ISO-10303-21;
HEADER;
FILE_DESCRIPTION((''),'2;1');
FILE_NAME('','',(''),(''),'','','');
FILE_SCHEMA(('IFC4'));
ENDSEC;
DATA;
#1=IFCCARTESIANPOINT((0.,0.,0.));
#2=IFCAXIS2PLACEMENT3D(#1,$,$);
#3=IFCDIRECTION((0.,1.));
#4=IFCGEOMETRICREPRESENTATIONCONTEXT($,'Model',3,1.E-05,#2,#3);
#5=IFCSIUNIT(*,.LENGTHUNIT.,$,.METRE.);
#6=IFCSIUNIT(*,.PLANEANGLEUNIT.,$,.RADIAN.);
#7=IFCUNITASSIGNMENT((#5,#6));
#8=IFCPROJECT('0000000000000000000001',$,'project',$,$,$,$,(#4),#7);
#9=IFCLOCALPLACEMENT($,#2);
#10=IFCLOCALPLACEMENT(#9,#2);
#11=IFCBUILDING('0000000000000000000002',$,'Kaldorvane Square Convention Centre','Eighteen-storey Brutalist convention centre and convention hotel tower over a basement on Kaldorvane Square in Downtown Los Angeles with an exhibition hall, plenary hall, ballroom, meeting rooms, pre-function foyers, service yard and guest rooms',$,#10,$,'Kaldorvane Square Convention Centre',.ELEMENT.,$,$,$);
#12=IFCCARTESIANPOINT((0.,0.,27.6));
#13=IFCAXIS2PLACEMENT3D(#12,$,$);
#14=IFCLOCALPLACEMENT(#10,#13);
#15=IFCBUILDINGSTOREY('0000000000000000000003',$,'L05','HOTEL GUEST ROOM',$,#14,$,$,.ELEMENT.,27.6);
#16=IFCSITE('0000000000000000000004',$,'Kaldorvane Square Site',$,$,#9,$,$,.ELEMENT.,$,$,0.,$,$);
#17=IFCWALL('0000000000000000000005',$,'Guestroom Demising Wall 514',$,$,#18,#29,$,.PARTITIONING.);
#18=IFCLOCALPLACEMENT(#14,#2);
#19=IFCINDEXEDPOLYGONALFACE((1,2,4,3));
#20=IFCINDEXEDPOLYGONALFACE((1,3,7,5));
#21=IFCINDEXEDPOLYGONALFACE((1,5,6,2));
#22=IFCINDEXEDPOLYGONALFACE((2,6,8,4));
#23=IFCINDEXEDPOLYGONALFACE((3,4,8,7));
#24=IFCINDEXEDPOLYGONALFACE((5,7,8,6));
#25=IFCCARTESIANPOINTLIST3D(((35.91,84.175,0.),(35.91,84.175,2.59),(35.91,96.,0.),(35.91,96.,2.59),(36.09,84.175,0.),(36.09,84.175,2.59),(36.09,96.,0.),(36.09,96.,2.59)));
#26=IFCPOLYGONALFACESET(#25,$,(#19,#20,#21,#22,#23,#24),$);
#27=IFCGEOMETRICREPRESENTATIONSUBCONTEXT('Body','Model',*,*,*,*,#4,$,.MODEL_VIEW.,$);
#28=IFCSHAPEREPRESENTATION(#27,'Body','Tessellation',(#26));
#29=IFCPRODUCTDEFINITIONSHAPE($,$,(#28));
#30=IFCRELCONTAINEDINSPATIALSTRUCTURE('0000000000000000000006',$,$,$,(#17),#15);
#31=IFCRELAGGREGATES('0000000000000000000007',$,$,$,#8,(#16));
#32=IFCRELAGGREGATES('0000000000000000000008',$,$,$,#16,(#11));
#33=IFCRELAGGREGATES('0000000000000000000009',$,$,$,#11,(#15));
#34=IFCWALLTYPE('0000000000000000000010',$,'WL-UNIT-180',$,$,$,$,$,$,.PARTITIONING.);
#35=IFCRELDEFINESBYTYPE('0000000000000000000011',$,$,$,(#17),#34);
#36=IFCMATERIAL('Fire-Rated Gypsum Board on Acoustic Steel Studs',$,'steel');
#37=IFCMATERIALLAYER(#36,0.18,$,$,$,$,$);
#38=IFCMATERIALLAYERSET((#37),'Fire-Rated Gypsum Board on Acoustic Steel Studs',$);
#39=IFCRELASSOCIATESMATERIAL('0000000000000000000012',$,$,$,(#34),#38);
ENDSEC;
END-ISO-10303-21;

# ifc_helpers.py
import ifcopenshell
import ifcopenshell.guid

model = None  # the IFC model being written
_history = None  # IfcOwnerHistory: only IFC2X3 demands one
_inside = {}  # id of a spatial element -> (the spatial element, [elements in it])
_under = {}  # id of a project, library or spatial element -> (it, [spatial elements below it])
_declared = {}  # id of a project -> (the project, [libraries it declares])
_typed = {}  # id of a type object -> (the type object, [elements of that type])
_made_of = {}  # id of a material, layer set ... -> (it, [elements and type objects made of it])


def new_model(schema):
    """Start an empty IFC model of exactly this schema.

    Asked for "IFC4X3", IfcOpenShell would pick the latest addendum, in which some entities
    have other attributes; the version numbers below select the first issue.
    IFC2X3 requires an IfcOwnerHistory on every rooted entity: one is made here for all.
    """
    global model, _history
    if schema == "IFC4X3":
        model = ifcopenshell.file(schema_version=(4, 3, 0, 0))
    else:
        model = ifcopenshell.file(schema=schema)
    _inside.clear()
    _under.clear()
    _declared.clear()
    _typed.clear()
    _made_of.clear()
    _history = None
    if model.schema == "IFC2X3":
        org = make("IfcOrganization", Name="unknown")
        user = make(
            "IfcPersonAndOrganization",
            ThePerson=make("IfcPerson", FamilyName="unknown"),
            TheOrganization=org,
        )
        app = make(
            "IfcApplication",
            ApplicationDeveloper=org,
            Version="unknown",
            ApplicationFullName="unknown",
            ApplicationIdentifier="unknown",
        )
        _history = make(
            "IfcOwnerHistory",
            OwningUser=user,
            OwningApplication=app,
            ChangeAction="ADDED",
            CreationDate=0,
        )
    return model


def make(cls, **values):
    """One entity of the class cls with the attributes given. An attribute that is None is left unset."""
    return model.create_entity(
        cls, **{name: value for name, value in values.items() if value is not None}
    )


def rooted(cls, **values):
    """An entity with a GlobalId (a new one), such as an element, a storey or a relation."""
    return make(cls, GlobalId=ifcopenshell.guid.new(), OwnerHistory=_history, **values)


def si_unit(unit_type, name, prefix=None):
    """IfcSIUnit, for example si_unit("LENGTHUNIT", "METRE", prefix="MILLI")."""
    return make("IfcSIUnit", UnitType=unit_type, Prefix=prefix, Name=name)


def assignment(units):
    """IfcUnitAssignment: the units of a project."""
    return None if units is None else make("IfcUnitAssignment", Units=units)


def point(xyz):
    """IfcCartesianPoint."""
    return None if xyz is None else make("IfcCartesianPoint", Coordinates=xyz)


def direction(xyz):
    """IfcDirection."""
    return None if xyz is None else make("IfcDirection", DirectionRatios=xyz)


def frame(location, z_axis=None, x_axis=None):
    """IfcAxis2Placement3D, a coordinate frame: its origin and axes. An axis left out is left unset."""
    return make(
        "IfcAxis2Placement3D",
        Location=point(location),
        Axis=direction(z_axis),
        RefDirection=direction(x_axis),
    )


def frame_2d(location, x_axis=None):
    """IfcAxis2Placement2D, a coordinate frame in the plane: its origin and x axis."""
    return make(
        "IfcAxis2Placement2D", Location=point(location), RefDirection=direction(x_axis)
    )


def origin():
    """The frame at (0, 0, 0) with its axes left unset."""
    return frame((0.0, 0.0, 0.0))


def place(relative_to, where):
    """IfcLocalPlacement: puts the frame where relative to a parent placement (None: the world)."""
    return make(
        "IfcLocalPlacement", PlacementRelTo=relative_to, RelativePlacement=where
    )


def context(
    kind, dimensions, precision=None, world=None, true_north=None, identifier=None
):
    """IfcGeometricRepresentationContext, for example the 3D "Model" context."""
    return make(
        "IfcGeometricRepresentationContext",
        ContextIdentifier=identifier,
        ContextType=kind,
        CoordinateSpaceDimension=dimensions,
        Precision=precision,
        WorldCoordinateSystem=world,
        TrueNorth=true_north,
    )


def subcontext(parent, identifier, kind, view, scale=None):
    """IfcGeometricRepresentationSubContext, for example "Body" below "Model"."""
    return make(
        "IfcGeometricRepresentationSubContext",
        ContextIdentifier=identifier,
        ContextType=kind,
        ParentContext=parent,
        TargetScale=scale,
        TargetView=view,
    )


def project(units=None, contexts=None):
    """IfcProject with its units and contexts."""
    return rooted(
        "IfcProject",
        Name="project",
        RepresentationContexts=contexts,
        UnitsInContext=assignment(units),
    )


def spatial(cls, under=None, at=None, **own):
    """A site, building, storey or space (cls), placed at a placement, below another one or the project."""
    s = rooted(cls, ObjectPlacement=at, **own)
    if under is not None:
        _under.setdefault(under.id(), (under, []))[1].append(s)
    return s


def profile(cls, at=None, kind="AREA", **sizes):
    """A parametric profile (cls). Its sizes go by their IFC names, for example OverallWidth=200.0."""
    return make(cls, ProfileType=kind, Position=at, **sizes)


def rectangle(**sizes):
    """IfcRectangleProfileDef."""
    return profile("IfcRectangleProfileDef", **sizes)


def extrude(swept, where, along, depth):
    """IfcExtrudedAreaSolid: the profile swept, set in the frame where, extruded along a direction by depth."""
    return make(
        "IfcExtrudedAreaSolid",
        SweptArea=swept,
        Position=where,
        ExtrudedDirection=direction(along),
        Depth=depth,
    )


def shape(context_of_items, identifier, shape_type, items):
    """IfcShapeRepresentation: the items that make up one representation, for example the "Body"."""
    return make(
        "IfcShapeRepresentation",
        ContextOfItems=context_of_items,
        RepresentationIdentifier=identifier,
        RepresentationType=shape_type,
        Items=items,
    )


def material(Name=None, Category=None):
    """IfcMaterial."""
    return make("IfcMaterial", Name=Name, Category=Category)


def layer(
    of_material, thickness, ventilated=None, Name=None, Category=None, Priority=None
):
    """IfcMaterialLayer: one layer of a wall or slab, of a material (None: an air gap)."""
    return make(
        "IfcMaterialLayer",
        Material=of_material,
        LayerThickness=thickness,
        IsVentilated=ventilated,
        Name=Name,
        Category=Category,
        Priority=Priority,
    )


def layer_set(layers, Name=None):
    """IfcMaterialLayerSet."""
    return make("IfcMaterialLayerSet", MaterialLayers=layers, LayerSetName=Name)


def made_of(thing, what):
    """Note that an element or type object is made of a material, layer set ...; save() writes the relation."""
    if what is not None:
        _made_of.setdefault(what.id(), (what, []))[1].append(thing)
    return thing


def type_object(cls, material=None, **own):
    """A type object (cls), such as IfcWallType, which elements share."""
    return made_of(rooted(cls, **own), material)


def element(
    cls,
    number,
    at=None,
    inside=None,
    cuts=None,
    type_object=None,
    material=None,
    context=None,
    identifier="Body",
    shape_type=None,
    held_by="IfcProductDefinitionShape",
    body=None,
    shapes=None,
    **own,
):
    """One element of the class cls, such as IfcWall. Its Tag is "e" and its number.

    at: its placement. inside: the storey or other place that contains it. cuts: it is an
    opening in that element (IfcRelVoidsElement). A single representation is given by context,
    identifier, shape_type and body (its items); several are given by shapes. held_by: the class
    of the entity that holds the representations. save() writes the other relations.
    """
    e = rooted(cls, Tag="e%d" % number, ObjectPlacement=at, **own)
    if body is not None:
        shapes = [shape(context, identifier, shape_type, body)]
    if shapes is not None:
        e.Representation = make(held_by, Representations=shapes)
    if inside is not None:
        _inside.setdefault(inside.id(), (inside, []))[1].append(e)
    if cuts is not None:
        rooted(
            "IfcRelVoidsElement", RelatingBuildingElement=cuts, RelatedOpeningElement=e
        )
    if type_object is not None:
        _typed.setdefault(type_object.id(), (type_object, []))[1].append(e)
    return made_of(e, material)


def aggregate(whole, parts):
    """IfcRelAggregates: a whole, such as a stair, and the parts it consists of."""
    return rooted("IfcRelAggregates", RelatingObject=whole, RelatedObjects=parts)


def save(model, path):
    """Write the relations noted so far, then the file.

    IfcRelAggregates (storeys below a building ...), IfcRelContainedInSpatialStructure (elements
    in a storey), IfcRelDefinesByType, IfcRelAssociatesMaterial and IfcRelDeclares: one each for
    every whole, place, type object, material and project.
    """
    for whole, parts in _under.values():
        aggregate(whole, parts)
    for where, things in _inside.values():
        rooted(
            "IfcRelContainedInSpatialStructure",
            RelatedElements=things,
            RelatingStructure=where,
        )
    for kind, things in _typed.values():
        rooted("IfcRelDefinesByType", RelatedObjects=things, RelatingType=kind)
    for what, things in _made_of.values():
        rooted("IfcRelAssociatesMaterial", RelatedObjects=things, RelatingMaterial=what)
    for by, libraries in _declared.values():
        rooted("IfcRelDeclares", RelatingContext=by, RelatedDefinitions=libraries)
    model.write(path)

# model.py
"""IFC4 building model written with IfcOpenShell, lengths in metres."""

from ifc_helpers import new_model, si_unit, direction, frame, frame_2d, origin, place, context, subcontext, project, spatial, rectangle, extrude, material, layer, layer_set, type_object, element, save


model = new_model("IFC4")

# Units and contexts
model_context = context("Model", 3, precision=1e-05, world=origin(), true_north=direction((0.0, 1.0)))
body_context = subcontext(model_context, "Body", "Model", "MODEL_VIEW")
ifc_project = project(units=[si_unit("LENGTHUNIT", "METRE"), si_unit("PLANEANGLEUNIT", "RADIAN")], contexts=[model_context])

# Site, building, storey
site_placement = place(None, origin())
site = spatial("IfcSite", under=ifc_project, at=site_placement, Name="Kaldorvane Square Site", CompositionType="ELEMENT", RefElevation=0.0)
building_placement = place(site_placement, origin())
building = spatial("IfcBuilding", under=site, at=building_placement, Name="Kaldorvane Square Convention Centre", Description="Eighteen-storey Brutalist convention centre and convention hotel tower over a basement on Kaldorvane Square in Downtown Los Angeles with an exhibition hall, plenary hall, ballroom, meeting rooms, pre-function foyers, service yard and guest rooms", LongName="Kaldorvane Square Convention Centre", CompositionType="ELEMENT")
storey_placement = place(building_placement, frame((0.0, 0.0, 27.6)))
storey = spatial("IfcBuildingStorey", under=building, at=storey_placement, Name="L05", Description="HOTEL GUEST ROOM", CompositionType="ELEMENT", Elevation=27.6)

# Shared definitions
ifc_material_1 = material(Name="Fire-Rated Gypsum Board on Acoustic Steel Studs", Category="steel")

# Wall
ifc_layer_1 = layer(ifc_material_1, 0.18)
ifc_layer_set_1 = layer_set([ifc_layer_1], Name="Fire-Rated Gypsum Board on Acoustic Steel Studs")
wall_type_1 = type_object("IfcWallType", Name="WL-UNIT-180", PredefinedType="PARTITIONING", material=ifc_layer_set_1)
for number, where, z_axis, x_axis, name in (
    (1, (36.0, 84.175, 0.0), (0.0, 0.0, 1.0), (0.0, 1.0, 0.0), "Guestroom Demising Wall 514"),
):
    element("IfcWall", number, at=place(storey_placement, frame(where, z_axis=z_axis, x_axis=x_axis)), inside=storey, type_object=wall_type_1, Name=name, PredefinedType="PARTITIONING", context=body_context, shape_type="SweptSolid", body=[
        extrude(rectangle(XDim=11.825, YDim=0.18, at=frame_2d((5.9125, 0.0))), origin(), (0.0, 0.0, 1.0), 2.59),
    ])

save(model, "model.ifc")
